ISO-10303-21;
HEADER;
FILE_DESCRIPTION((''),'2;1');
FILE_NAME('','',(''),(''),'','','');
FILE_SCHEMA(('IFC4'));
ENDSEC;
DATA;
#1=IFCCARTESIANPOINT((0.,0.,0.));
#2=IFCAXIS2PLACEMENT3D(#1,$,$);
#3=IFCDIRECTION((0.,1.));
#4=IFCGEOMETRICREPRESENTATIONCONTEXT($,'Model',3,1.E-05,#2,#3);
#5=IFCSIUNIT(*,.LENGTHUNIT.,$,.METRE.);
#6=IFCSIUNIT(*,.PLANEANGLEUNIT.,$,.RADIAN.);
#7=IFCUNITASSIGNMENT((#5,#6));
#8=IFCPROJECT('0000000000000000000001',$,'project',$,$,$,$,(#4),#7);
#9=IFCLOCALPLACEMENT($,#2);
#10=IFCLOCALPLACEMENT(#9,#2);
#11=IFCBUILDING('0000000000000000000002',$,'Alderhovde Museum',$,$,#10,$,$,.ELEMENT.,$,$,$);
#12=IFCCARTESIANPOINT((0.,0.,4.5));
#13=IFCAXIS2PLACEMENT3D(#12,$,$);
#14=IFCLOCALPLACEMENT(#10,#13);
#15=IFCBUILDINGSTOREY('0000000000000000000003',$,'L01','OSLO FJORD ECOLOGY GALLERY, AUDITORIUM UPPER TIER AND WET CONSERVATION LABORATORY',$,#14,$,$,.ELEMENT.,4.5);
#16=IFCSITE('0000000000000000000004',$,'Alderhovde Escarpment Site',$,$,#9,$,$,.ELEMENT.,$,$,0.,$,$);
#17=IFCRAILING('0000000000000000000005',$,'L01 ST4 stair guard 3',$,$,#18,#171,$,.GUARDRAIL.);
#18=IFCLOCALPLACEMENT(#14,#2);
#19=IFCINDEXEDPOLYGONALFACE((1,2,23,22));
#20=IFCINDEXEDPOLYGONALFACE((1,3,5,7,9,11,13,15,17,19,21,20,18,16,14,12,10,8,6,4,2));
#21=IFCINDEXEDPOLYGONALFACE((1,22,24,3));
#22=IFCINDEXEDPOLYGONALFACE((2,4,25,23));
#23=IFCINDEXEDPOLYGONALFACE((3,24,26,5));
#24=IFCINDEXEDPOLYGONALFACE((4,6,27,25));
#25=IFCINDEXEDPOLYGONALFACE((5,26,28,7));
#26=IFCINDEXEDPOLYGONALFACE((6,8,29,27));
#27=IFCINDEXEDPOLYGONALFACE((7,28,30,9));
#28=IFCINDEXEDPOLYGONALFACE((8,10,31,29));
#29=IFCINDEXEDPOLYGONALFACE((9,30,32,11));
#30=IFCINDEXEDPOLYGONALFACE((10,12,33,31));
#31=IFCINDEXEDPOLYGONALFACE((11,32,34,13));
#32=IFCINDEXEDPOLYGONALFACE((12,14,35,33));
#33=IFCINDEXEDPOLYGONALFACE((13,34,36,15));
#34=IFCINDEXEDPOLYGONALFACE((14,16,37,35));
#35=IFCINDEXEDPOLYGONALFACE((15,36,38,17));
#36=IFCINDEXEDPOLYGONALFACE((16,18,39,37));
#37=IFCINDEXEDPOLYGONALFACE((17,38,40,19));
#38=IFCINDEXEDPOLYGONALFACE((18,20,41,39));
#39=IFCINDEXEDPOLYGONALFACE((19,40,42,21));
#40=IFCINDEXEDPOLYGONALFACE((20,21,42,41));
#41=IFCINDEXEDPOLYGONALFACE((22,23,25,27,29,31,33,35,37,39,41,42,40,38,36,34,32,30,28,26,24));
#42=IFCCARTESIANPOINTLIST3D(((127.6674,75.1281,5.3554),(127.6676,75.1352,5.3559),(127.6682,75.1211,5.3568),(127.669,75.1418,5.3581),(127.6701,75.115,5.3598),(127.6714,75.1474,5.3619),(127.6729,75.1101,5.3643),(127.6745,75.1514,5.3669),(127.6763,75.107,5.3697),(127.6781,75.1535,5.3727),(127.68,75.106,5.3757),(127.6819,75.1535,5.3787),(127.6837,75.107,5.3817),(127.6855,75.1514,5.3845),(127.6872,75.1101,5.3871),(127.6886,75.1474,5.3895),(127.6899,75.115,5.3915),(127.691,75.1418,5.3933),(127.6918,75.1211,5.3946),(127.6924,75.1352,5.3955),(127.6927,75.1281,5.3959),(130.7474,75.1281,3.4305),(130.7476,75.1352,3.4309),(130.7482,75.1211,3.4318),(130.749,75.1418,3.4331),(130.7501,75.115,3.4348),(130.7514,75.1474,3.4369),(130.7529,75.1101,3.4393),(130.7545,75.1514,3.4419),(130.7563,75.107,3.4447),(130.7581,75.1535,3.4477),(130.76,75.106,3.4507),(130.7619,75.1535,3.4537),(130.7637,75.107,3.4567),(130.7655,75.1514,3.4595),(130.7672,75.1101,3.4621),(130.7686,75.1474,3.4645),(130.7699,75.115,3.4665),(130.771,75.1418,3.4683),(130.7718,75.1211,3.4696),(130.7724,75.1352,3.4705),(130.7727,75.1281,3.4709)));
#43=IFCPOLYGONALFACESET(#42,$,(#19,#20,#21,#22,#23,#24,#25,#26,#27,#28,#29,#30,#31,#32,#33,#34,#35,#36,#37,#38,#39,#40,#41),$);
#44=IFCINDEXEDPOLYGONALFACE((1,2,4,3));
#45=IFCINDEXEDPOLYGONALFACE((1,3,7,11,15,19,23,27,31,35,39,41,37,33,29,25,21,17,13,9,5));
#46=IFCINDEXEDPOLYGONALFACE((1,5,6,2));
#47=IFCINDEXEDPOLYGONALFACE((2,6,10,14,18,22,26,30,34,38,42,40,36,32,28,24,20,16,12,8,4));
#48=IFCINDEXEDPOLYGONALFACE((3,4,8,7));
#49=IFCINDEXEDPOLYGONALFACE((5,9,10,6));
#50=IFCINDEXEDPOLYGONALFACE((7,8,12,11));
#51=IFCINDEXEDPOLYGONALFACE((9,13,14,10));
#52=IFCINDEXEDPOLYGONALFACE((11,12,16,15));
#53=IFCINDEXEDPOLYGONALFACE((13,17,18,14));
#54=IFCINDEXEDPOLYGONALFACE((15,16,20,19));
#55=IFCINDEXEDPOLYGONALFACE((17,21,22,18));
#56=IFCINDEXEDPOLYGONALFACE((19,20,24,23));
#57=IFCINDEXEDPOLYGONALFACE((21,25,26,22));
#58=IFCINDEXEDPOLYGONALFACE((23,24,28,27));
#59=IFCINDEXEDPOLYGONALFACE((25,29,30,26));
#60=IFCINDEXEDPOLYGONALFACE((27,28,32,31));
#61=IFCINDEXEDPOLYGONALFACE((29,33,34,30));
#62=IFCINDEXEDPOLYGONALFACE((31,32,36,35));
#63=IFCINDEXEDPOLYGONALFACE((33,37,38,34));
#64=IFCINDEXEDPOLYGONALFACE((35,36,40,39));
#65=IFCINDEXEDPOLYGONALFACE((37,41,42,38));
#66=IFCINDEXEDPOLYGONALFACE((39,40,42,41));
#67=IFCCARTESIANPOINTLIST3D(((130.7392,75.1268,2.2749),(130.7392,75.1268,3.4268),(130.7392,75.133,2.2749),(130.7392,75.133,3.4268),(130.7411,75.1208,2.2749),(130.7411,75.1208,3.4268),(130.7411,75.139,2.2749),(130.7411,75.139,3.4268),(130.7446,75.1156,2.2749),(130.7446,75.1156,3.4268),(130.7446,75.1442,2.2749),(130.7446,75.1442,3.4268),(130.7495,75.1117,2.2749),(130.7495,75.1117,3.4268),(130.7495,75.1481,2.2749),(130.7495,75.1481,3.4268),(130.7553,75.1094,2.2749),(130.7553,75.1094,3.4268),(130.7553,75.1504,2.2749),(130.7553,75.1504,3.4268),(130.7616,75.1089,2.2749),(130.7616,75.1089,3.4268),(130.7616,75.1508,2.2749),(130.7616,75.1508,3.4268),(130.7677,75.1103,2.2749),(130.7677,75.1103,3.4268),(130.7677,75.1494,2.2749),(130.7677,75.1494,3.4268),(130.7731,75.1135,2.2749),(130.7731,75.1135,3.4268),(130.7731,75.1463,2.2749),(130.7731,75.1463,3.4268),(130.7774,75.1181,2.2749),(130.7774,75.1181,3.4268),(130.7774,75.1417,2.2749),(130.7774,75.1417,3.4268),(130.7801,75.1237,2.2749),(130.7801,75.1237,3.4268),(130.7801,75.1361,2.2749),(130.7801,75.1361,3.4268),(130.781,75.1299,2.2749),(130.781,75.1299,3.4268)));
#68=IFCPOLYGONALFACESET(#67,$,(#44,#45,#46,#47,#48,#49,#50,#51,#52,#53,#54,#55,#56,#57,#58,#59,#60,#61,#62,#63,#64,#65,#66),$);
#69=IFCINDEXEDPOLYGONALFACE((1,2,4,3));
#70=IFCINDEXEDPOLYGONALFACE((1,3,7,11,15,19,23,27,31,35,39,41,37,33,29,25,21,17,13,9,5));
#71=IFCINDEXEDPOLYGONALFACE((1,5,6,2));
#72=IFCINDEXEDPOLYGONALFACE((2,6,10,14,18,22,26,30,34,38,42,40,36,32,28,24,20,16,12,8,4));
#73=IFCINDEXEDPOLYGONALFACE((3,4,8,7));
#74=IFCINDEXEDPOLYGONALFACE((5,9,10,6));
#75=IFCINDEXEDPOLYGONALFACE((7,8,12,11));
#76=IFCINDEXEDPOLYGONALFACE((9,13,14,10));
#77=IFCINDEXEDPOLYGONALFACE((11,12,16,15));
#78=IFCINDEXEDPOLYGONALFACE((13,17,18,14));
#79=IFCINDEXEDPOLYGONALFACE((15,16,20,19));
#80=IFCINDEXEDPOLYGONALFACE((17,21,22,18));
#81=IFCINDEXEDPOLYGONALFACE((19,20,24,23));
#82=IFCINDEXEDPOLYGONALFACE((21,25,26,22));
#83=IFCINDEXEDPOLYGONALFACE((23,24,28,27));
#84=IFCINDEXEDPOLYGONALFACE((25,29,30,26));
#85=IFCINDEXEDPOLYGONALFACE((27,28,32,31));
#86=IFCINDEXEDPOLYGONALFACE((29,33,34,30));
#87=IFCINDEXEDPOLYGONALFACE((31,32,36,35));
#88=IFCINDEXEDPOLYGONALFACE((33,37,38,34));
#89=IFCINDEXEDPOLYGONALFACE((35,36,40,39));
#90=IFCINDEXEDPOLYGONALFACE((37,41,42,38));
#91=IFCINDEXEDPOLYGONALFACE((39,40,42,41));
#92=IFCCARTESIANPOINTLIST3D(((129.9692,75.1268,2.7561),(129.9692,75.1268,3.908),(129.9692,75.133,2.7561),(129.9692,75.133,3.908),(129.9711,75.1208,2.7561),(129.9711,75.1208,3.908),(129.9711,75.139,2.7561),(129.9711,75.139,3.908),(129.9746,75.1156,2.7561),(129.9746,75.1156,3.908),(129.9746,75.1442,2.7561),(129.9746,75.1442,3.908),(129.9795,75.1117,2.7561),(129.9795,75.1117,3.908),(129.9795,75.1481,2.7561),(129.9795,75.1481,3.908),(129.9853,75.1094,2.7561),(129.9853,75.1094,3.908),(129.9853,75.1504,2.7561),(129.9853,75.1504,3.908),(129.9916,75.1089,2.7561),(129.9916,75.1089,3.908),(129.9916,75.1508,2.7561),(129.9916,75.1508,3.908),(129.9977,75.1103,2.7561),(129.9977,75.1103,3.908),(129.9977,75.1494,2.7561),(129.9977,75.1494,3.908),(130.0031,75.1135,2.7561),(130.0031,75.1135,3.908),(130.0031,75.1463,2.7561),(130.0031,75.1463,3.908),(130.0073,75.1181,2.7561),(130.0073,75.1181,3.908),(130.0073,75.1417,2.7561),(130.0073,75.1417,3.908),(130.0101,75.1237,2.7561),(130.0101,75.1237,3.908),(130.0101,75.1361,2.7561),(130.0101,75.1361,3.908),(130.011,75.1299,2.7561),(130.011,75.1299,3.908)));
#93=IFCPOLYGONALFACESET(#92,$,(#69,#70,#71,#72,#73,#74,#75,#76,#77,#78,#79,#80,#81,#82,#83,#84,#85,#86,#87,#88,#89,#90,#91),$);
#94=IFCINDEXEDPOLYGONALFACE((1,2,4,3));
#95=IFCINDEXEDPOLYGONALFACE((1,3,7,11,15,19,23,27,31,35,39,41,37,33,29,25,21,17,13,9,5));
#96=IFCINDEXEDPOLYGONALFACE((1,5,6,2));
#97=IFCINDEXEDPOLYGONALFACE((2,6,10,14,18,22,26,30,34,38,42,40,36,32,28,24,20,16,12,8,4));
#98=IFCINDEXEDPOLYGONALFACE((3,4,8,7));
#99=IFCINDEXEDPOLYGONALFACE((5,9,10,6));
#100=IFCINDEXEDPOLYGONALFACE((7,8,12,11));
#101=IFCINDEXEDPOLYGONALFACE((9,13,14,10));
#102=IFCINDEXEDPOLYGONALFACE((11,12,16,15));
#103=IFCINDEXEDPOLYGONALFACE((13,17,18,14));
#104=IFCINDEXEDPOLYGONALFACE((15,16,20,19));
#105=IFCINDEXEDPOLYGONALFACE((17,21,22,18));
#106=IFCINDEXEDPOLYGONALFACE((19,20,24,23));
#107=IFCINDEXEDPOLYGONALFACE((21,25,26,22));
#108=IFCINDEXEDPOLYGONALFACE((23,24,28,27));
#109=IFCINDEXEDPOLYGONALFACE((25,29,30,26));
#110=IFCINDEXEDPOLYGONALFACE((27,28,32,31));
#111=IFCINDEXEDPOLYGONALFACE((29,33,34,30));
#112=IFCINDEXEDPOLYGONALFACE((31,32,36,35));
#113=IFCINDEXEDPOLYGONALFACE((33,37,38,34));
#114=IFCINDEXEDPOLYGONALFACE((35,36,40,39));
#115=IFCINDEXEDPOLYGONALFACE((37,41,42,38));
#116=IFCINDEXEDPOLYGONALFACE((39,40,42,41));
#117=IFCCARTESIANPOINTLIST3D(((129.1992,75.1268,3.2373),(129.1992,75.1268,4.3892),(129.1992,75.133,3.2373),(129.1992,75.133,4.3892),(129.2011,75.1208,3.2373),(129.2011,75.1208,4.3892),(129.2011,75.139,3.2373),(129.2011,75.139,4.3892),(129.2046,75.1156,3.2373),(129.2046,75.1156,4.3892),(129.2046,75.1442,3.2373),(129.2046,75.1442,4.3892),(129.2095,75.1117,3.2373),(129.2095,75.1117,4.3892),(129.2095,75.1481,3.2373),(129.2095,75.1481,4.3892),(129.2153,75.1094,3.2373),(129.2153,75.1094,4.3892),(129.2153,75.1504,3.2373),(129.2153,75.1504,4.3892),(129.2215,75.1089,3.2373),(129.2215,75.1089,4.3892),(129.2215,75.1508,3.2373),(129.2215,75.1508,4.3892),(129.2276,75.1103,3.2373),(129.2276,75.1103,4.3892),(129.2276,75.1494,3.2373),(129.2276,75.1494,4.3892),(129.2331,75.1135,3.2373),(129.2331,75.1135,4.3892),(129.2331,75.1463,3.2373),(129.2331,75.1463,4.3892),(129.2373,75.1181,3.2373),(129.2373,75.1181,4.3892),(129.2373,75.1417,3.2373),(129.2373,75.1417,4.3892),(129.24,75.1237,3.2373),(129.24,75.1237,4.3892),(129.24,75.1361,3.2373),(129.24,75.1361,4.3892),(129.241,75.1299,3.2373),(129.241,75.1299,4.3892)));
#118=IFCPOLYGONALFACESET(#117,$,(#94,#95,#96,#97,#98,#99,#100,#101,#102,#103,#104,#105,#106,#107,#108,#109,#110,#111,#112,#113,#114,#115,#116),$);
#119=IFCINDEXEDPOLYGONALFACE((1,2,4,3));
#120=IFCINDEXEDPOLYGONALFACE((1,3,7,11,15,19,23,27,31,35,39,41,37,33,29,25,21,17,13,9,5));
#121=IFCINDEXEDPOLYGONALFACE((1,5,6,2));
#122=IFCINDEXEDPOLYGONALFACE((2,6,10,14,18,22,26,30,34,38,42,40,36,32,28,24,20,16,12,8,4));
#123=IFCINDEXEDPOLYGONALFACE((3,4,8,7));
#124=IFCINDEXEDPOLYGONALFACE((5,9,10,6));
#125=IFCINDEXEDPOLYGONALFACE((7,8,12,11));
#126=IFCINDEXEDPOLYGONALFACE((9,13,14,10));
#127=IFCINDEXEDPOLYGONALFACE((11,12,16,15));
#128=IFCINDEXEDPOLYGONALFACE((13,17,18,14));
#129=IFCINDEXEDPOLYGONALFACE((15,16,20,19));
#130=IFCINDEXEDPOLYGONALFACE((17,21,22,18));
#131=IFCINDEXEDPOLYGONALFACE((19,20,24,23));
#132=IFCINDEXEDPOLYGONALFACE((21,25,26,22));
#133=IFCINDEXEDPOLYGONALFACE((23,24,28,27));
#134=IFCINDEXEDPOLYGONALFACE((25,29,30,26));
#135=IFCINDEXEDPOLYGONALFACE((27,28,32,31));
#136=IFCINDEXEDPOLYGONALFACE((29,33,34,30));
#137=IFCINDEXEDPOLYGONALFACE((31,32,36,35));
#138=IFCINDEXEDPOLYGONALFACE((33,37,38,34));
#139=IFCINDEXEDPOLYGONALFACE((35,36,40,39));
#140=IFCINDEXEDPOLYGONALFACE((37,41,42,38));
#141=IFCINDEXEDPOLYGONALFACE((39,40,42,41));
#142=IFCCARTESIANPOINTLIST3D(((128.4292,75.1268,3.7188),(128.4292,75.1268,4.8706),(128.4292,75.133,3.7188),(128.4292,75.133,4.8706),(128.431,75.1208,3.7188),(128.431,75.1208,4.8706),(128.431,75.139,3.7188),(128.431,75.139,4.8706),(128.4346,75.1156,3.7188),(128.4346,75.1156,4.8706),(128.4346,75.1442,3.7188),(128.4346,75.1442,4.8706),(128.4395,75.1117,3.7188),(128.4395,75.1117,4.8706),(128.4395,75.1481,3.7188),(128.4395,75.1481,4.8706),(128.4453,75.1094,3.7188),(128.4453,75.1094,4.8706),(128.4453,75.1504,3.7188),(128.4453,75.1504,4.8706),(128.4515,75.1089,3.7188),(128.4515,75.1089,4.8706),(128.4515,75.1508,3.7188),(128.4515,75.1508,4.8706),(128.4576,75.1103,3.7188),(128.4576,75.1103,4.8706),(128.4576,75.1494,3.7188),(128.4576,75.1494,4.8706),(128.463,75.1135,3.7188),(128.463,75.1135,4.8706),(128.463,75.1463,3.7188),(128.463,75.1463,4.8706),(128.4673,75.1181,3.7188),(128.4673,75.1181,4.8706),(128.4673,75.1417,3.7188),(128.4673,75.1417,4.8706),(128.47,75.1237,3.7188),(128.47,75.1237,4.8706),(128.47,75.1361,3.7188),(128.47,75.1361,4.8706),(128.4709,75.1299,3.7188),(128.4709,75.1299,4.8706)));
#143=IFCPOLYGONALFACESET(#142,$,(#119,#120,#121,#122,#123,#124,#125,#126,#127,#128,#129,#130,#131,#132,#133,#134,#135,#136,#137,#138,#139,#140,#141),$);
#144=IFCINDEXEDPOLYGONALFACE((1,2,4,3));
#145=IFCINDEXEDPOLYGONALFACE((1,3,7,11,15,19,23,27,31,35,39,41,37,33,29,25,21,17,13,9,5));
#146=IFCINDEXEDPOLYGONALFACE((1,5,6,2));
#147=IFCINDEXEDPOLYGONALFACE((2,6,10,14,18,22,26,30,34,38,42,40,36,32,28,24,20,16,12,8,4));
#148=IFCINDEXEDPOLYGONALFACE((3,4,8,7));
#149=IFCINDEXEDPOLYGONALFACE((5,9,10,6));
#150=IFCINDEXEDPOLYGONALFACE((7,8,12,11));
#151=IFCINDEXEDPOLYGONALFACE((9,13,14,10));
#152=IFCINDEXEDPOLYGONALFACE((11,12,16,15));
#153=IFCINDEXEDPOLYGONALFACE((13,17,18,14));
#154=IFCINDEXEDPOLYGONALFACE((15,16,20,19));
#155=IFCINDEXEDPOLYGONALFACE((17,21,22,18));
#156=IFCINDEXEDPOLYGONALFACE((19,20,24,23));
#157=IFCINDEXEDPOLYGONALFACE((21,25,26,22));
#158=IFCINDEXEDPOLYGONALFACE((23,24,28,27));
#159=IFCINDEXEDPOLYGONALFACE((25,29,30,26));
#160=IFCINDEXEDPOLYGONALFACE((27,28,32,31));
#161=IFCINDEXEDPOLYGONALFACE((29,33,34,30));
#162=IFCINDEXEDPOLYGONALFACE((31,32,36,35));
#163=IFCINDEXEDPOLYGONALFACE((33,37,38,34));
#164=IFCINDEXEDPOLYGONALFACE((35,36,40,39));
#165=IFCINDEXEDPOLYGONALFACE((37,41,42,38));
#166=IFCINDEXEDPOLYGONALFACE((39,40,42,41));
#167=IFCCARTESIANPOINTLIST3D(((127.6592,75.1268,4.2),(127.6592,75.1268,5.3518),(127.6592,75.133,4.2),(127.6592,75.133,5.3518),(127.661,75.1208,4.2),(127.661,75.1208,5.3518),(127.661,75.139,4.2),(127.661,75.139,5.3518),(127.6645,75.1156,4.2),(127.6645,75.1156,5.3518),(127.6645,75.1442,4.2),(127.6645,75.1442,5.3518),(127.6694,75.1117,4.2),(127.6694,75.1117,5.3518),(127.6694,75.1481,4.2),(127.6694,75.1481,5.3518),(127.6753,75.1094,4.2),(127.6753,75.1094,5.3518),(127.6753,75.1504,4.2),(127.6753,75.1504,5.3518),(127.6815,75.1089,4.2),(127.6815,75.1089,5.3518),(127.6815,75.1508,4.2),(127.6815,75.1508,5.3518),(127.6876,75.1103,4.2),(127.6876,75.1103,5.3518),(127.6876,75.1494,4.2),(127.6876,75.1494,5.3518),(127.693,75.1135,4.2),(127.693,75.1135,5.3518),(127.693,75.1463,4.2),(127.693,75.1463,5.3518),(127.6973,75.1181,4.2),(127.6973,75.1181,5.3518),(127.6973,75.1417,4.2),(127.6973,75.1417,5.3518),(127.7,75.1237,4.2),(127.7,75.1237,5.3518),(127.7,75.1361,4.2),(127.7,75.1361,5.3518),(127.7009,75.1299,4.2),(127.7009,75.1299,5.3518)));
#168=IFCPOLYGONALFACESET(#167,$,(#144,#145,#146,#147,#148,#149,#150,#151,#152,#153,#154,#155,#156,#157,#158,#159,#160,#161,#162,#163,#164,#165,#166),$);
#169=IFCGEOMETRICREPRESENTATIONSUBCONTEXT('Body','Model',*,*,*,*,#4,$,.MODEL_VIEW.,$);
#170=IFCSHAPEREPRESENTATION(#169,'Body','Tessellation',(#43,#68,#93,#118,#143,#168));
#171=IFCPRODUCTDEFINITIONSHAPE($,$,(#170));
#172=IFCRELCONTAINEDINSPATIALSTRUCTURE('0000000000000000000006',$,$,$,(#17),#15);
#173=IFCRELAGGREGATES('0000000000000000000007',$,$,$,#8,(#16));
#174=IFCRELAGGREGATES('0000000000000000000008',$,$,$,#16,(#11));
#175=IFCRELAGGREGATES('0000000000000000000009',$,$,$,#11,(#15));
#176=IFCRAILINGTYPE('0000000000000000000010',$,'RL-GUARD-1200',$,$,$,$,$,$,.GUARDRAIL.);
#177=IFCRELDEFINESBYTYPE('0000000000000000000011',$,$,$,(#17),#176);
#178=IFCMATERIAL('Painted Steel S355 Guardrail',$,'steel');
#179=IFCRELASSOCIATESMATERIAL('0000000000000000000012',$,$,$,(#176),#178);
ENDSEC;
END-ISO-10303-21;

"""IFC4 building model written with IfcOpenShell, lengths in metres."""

from ifc_helpers import new_model, si_unit, direction, frame, origin, origin_2d, place, context, subcontext, project, spatial, circle, extrude, material, type_object, element, save


model = new_model("IFC4")

# Units and contexts
model_context = context("Model", 3, precision=1e-05, world=origin(), true_north=direction((0.0, 1.0)))
body_context = subcontext(model_context, "Body", "Model", "MODEL_VIEW")
ifc_project = project(units=[si_unit("LENGTHUNIT", "METRE"), si_unit("PLANEANGLEUNIT", "RADIAN")], contexts=[model_context])

# Site, building, storey
site_placement = place(None, origin())
site = spatial("IfcSite", under=ifc_project, at=site_placement, Name="Alderhovde Escarpment Site", CompositionType="ELEMENT", RefElevation=0.0)
building_placement = place(site_placement, origin())
building = spatial("IfcBuilding", under=site, at=building_placement, Name="Alderhovde Museum", CompositionType="ELEMENT")
storey_placement = place(building_placement, frame((0.0, 0.0, 4.5)))
storey = spatial("IfcBuildingStorey", under=building, at=storey_placement, Name="L01", Description="OSLO FJORD ECOLOGY GALLERY, AUDITORIUM UPPER TIER AND WET CONSERVATION LABORATORY", CompositionType="ELEMENT", Elevation=4.5)

# Railing
ifc_material_1 = material(Name="Painted Steel S355 Guardrail", Category="steel")
railing_type_1 = type_object("IfcRailingType", Name="RL-GUARD-1200", PredefinedType="GUARDRAIL", material=ifc_material_1)
railing_1_placement = place(storey_placement, frame((130.76, 75.1299, 2.2749)))
element("IfcRailing", 1, at=railing_1_placement, inside=storey, type_object=railing_type_1, Name="L01 ST4 stair guard 3", PredefinedType="GUARDRAIL", context=body_context, shape_type="SweptSolid", body=[
    extrude(circle(Radius=0.0239, at=origin_2d()), frame((0.0, 0.0, 1.1758), z_axis=(-0.847998, 0.0, 0.529999), x_axis=(0.0, -1.0, 0.0)), (0.0, 0.0, 1.0), 3.6321),
    extrude(circle(Radius=0.021, at=origin_2d()), origin(), (0.0, 0.0, 1.0), 1.1519),
    extrude(circle(Radius=0.021, at=origin_2d()), frame((-0.77, 0.0, 0.4812)), (0.0, 0.0, 1.0), 1.1519),
    extrude(circle(Radius=0.021, at=origin_2d()), frame((-1.54, 0.0, 0.9624)), (0.0, 0.0, 1.0), 1.1519),
    extrude(circle(Radius=0.021, at=origin_2d()), frame((-2.3101, 0.0, 1.4438)), (0.0, 0.0, 1.0), 1.1519),
    extrude(circle(Radius=0.021, at=origin_2d()), frame((-3.0801, 0.0, 1.925)), (0.0, 0.0, 1.0), 1.1519),
])

save(model, "model.ifc")
